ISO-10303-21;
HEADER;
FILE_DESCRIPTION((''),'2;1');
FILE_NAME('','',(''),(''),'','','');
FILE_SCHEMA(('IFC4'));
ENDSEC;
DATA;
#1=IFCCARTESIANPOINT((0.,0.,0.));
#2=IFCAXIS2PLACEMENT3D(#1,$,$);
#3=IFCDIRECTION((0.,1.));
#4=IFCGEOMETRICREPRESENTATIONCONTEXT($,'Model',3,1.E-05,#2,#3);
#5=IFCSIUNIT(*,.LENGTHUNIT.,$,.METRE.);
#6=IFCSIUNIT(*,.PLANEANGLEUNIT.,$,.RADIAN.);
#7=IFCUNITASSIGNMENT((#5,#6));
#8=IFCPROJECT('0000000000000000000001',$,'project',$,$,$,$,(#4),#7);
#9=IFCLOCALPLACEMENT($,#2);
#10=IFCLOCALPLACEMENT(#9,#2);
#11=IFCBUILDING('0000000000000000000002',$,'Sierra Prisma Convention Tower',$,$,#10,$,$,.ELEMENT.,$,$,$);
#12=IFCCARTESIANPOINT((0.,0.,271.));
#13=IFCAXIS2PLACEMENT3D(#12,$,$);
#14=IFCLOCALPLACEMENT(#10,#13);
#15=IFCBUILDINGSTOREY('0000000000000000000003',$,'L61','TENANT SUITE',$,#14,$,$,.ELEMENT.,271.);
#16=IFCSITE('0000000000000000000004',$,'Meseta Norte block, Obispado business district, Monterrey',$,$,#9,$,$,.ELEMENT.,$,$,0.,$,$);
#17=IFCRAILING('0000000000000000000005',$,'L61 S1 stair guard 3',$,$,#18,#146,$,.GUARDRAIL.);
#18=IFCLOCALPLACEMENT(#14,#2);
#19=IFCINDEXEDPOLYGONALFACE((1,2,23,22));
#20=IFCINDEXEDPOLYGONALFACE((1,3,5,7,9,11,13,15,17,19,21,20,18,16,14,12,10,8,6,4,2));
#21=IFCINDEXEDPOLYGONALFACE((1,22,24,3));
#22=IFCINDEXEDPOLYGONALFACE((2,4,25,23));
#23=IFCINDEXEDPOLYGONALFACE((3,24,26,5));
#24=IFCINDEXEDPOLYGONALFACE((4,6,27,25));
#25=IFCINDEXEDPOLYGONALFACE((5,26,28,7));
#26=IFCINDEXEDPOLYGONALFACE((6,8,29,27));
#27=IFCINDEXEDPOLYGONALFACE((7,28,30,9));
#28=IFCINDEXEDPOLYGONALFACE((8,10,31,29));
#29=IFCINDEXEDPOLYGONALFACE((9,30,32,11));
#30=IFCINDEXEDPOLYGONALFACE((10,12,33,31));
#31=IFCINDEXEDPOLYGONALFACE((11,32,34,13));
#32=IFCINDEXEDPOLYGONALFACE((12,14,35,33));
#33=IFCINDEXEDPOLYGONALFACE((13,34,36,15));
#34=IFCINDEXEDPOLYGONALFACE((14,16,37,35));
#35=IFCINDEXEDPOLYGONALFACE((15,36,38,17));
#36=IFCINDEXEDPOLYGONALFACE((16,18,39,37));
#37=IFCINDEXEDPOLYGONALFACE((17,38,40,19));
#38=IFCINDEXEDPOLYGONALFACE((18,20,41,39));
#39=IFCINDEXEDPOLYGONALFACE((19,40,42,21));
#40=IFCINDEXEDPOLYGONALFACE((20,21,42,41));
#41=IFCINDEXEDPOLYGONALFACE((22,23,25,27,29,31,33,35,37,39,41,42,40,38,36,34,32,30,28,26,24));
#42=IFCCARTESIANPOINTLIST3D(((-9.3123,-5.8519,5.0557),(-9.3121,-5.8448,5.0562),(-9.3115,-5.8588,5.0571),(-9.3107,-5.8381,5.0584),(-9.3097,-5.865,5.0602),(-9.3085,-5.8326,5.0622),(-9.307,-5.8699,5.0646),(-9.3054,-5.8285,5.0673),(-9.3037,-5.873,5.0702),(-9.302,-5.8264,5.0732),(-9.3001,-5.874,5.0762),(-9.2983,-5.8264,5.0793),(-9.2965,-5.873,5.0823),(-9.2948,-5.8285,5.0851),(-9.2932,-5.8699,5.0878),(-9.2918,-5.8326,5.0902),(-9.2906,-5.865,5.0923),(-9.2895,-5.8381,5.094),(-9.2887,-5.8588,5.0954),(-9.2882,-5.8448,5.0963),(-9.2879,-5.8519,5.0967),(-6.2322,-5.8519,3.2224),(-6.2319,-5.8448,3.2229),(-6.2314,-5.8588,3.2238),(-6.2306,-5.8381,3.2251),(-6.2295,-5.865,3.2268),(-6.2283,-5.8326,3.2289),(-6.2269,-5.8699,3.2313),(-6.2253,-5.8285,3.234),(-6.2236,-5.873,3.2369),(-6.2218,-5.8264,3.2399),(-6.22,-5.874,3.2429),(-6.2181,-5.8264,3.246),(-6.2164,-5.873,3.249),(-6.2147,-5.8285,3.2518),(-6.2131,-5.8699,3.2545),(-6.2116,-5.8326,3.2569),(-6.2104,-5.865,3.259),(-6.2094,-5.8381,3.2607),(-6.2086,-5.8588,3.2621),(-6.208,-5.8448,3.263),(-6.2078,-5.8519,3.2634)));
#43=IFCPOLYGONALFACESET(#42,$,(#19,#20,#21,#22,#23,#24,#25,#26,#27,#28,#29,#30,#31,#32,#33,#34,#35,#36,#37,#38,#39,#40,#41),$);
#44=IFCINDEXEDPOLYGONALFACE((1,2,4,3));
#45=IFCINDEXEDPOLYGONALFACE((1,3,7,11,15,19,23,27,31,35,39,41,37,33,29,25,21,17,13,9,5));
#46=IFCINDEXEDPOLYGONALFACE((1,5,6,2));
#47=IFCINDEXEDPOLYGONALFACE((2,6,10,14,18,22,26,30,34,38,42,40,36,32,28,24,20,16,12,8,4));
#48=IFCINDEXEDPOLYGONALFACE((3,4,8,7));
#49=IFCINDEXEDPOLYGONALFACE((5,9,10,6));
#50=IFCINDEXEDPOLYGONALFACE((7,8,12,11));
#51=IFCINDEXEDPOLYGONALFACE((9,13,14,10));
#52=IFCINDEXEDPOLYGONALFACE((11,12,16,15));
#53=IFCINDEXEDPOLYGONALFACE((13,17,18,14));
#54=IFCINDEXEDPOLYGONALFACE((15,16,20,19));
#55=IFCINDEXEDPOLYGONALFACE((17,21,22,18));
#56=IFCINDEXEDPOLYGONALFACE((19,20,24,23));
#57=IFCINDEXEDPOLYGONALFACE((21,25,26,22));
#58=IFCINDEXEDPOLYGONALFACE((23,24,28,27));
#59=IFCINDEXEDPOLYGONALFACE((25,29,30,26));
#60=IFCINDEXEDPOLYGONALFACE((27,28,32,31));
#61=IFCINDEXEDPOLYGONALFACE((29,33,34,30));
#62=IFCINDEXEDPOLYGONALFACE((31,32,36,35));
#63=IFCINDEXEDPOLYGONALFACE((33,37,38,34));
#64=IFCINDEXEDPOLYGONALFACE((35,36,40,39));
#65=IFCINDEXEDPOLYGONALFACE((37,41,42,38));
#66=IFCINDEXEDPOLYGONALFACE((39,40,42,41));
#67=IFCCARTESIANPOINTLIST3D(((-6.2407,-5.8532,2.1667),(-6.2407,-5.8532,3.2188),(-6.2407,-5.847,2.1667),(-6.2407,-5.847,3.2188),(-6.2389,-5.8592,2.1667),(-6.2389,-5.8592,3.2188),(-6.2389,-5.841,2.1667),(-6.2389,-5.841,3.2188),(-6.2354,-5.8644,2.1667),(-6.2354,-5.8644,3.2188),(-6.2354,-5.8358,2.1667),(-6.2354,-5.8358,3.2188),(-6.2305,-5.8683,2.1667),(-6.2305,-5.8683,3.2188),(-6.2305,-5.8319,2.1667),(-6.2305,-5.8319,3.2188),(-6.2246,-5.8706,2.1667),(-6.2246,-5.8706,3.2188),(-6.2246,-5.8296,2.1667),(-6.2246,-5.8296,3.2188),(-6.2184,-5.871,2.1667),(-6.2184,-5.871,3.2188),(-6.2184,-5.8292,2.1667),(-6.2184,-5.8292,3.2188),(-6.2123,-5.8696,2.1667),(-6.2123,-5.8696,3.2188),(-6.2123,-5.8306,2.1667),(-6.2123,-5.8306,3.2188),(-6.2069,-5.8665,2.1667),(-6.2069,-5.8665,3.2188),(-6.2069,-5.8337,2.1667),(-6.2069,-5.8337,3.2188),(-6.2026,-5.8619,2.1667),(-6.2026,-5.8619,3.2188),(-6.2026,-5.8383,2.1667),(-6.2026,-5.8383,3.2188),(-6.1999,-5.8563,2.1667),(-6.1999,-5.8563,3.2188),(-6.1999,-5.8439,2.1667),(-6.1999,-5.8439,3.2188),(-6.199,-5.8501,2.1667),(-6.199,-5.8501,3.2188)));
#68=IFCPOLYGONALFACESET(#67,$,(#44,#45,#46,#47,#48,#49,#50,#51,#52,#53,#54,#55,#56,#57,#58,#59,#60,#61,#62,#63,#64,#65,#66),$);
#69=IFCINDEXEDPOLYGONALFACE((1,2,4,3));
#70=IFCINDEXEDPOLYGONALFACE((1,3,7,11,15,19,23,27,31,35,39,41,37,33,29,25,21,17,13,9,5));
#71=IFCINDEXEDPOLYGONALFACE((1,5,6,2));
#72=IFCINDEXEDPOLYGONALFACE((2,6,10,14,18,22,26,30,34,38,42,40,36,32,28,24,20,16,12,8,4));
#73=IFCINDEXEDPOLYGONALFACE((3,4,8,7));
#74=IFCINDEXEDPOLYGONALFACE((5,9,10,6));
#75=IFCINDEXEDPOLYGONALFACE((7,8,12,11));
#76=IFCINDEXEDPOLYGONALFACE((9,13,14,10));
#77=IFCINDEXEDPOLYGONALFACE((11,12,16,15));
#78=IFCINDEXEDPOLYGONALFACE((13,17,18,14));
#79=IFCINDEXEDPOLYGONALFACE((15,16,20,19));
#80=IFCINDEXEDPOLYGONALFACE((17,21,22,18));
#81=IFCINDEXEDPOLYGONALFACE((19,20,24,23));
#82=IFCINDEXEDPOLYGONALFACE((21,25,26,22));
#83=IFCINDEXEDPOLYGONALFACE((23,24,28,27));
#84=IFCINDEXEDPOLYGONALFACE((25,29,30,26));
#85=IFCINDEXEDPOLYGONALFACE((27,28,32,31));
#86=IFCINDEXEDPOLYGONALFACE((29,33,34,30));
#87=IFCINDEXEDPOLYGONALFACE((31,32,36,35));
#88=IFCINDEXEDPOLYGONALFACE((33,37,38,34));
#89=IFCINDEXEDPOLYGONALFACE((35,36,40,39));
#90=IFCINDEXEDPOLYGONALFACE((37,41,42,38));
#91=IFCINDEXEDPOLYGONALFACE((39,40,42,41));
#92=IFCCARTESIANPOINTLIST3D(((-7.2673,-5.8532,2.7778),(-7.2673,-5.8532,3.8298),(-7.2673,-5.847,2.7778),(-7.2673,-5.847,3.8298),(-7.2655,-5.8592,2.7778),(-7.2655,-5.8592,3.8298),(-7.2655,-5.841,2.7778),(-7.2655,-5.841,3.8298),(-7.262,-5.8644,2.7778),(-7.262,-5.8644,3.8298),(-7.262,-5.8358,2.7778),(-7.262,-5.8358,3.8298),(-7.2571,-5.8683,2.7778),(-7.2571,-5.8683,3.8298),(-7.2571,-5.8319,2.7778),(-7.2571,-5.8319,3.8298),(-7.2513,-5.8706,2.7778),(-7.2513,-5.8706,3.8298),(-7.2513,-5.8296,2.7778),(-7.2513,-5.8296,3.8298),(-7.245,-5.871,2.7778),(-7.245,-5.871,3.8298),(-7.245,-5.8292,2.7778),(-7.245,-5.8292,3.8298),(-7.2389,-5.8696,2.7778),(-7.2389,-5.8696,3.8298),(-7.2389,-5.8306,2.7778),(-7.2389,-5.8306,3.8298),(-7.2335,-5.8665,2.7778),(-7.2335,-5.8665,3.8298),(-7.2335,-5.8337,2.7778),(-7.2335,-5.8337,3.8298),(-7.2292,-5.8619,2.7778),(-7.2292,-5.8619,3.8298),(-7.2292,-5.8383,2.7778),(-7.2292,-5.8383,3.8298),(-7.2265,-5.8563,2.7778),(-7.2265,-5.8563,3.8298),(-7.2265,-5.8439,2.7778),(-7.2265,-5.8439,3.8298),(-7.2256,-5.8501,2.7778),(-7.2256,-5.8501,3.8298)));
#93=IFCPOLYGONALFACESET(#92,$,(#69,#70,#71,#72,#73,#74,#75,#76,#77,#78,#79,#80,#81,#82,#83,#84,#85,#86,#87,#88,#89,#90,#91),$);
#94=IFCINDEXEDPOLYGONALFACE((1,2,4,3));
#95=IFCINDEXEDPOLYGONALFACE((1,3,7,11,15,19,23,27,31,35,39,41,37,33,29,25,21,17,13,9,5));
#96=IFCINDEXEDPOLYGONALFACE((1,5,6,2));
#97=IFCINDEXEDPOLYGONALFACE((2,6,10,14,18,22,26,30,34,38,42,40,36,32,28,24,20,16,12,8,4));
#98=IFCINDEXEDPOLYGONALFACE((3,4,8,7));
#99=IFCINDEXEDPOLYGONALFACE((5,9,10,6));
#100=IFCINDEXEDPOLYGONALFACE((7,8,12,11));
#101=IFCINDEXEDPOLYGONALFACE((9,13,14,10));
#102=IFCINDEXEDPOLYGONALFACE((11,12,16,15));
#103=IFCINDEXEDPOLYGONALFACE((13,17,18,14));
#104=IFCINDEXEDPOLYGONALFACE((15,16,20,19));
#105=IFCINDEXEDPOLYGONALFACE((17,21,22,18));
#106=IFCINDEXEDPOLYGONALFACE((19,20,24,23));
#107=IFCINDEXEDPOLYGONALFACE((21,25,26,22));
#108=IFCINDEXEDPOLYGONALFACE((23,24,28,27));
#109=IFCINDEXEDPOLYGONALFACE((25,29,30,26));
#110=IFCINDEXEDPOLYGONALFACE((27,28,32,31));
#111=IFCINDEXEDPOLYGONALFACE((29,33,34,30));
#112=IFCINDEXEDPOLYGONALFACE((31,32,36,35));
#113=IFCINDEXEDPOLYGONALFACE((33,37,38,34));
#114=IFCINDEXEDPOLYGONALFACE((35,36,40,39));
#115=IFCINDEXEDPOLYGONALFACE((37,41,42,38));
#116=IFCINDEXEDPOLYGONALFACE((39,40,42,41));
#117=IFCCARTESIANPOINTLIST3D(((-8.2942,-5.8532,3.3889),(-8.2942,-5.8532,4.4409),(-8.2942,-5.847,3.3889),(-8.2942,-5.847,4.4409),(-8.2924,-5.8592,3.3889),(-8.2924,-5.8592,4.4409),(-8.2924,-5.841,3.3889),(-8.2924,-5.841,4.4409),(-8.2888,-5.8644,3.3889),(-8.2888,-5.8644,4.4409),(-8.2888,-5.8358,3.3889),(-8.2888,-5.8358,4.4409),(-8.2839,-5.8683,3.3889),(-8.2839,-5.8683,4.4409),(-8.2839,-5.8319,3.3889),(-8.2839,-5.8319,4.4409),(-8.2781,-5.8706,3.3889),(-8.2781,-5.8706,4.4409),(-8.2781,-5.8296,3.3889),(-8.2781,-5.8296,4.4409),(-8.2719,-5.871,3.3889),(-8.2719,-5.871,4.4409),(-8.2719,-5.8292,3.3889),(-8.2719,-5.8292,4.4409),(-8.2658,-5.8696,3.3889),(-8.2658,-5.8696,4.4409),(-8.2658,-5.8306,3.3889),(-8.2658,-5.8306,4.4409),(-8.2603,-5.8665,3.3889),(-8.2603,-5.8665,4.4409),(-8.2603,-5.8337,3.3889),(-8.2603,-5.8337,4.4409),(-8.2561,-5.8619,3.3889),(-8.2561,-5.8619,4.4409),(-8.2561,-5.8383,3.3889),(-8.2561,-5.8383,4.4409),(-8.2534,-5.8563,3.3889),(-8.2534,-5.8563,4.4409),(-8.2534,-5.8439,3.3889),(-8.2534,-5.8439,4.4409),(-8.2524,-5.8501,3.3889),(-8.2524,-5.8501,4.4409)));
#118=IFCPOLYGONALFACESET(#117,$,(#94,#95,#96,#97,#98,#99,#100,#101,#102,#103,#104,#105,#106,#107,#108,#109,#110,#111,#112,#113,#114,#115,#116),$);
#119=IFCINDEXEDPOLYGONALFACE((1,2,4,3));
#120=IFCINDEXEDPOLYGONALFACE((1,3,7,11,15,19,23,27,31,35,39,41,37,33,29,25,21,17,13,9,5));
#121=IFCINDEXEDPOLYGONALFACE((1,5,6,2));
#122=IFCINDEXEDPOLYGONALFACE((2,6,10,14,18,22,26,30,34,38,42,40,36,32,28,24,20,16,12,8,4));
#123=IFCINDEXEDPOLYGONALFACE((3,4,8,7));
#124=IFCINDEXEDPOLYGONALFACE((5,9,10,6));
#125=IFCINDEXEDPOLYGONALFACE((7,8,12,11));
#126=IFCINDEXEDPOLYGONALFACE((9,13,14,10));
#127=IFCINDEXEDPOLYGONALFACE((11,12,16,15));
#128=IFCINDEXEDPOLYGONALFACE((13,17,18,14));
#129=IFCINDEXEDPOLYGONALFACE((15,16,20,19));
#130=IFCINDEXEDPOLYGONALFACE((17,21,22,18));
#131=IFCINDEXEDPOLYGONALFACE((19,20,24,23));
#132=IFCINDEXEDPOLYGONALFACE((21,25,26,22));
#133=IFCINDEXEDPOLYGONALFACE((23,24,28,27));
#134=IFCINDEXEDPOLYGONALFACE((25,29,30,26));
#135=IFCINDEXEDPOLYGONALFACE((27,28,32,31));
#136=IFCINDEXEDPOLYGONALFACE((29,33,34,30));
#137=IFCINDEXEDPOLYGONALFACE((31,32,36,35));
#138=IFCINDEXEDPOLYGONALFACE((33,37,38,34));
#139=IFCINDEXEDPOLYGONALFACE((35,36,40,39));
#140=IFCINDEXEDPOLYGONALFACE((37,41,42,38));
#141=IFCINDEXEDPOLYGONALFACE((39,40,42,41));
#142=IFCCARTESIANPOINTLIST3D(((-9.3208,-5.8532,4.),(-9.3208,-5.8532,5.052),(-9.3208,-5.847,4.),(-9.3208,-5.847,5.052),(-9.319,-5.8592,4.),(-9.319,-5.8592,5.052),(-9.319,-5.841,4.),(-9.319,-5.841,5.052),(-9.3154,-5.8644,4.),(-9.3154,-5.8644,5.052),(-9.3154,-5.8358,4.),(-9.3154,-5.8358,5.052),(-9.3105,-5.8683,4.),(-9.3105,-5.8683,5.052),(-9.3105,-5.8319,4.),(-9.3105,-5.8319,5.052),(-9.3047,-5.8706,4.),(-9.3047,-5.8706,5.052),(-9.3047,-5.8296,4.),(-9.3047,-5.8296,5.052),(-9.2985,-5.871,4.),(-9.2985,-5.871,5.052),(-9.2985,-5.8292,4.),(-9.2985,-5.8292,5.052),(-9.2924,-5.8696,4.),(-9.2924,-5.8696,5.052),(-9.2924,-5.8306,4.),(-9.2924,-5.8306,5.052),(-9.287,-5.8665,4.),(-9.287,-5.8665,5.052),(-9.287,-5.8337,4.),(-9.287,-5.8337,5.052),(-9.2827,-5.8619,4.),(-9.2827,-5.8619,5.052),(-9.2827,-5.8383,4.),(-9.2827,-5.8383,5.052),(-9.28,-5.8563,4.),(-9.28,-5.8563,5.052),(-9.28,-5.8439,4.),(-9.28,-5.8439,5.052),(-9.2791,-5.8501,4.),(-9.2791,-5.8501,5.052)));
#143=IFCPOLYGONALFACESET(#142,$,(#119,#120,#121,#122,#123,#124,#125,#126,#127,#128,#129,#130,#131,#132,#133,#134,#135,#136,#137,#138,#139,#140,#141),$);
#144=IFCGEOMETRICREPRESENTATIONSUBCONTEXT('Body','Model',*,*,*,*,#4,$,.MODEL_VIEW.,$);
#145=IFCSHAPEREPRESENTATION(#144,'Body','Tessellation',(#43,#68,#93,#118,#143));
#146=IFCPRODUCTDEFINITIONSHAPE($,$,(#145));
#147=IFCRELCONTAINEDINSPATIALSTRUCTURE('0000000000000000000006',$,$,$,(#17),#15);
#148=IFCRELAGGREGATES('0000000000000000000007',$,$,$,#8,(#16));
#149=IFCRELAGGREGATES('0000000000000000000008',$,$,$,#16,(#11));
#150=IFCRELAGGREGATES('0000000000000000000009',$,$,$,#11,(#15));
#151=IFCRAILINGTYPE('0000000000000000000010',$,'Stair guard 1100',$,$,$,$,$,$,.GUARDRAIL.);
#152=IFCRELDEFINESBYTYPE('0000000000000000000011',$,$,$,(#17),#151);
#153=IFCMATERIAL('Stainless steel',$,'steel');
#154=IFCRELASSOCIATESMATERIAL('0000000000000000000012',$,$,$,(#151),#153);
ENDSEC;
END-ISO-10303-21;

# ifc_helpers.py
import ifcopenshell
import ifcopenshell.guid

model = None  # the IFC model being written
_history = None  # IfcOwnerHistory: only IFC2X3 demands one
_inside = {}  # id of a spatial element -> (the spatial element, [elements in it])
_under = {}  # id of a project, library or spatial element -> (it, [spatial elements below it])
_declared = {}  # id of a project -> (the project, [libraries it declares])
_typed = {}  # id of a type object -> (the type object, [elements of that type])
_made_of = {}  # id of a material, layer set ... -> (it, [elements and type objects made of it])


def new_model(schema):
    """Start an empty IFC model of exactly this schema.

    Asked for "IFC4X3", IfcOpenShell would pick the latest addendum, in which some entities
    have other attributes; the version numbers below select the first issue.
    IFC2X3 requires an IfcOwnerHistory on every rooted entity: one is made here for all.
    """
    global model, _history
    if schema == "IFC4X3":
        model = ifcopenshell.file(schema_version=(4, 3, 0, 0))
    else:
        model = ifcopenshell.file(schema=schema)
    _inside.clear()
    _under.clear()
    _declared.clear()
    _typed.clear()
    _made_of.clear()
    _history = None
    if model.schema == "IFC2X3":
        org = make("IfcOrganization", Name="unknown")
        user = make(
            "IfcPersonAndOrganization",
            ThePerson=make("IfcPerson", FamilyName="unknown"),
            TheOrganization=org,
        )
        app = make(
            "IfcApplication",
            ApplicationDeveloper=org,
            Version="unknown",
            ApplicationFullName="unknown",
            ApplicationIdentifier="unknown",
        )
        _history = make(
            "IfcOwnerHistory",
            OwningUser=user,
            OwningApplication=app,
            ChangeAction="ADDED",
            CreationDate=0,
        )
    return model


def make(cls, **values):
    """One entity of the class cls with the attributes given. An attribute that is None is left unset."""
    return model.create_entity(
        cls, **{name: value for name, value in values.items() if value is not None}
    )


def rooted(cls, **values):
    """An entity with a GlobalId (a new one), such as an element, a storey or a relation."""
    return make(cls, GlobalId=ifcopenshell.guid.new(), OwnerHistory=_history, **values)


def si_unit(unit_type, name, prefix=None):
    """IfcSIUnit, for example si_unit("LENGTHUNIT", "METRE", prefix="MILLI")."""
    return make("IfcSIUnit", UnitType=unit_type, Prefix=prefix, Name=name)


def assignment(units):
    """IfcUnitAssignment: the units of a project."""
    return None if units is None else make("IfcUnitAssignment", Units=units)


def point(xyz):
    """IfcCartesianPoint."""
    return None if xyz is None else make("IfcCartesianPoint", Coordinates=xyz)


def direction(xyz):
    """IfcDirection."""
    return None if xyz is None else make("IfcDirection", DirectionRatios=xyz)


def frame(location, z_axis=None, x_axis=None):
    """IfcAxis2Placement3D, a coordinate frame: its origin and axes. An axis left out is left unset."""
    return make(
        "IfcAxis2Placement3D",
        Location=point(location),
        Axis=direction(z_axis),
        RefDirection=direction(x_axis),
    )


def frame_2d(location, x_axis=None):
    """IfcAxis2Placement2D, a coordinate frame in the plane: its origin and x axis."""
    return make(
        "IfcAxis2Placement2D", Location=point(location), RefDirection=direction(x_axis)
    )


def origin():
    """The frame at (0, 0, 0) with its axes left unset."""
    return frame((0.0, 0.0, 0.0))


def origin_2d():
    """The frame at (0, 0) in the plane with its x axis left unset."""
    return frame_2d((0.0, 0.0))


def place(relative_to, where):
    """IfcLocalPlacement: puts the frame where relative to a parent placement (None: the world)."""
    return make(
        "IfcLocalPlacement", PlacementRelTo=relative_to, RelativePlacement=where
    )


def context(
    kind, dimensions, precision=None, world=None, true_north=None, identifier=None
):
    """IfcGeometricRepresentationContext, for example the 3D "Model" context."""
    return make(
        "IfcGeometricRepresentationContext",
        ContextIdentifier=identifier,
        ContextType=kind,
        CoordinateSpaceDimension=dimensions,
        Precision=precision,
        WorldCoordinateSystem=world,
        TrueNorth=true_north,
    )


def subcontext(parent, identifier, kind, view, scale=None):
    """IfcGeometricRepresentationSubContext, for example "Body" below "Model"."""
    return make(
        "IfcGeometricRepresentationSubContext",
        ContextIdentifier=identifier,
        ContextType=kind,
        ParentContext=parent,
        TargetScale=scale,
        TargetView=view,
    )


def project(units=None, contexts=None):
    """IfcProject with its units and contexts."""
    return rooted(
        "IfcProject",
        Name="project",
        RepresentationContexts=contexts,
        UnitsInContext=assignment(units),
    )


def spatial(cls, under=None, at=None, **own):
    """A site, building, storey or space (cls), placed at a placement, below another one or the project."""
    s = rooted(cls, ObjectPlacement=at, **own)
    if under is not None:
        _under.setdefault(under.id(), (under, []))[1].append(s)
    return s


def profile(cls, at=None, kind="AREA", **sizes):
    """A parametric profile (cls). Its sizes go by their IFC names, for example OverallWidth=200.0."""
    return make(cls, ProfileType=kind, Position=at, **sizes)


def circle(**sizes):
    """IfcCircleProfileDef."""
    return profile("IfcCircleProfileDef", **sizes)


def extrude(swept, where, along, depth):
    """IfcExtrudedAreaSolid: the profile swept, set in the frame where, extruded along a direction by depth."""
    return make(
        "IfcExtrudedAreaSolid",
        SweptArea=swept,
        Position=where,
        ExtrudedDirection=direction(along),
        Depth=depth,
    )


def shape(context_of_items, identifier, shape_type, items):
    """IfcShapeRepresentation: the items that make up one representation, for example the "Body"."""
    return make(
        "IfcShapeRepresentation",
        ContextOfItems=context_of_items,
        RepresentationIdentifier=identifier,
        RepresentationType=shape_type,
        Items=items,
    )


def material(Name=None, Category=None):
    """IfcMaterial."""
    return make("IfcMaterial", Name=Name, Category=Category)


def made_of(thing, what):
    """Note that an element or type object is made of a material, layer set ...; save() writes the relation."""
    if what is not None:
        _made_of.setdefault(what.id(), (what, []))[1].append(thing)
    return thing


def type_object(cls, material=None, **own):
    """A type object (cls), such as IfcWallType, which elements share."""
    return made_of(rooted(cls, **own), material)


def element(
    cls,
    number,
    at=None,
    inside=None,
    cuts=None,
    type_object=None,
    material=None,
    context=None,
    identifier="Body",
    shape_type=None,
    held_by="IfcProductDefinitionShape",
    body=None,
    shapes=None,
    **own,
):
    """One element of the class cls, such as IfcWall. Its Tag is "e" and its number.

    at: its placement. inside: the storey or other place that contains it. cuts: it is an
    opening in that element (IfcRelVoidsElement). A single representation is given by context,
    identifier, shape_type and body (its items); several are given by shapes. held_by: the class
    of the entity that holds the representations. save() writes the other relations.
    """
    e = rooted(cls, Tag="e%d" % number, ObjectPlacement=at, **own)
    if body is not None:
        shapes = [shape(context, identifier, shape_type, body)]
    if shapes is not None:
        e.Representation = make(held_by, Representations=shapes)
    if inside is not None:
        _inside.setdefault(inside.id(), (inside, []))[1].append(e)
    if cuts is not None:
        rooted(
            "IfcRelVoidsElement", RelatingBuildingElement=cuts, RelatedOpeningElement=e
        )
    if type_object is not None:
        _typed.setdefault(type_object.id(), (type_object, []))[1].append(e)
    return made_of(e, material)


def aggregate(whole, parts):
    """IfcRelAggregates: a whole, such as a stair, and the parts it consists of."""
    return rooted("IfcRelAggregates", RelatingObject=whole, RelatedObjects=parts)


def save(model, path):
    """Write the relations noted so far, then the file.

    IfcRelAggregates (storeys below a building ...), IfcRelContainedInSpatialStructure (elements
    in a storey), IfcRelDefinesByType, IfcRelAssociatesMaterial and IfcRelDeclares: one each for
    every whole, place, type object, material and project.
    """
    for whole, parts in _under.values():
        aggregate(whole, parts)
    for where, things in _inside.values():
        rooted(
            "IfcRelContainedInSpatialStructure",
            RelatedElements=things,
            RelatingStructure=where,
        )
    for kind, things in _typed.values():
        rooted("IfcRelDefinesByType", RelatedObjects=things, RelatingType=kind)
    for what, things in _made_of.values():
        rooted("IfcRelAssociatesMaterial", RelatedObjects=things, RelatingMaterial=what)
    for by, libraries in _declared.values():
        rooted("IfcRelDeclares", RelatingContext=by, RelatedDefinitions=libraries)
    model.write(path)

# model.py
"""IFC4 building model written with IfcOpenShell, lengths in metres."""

from ifc_helpers import new_model, si_unit, direction, frame, origin, origin_2d, place, context, subcontext, project, spatial, circle, extrude, material, type_object, element, save


model = new_model("IFC4")

# Units and contexts
model_context = context("Model", 3, precision=1e-05, world=origin(), true_north=direction((0.0, 1.0)))
body_context = subcontext(model_context, "Body", "Model", "MODEL_VIEW")
ifc_project = project(units=[si_unit("LENGTHUNIT", "METRE"), si_unit("PLANEANGLEUNIT", "RADIAN")], contexts=[model_context])

# Site, building, storey
site_placement = place(None, origin())
site = spatial("IfcSite", under=ifc_project, at=site_placement, Name="Meseta Norte block, Obispado business district, Monterrey", CompositionType="ELEMENT", RefElevation=0.0)
building_placement = place(site_placement, origin())
building = spatial("IfcBuilding", under=site, at=building_placement, Name="Sierra Prisma Convention Tower", CompositionType="ELEMENT")
storey_placement = place(building_placement, frame((0.0, 0.0, 271.0)))
storey = spatial("IfcBuildingStorey", under=building, at=storey_placement, Name="L61", Description="TENANT SUITE", CompositionType="ELEMENT", Elevation=271.0)

# Railing
ifc_material_1 = material(Name="Stainless steel", Category="steel")
railing_type_1 = type_object("IfcRailingType", Name="Stair guard 1100", PredefinedType="GUARDRAIL", material=ifc_material_1)
railing_1_placement = place(storey_placement, frame((-6.22, -5.8501, 2.1667)))
element("IfcRailing", 1, at=railing_1_placement, inside=storey, type_object=railing_type_1, Name="L61 S1 stair guard 3", PredefinedType="GUARDRAIL", context=body_context, shape_type="SweptSolid", body=[
    extrude(circle(Radius=0.0239, at=origin_2d()), frame((0.0, 0.0, 1.0762), z_axis=(-0.859309, 0.0, 0.511458), x_axis=(0.0, -1.0, 0.0)), (0.0, 0.0, 1.0), 3.5845),
    extrude(circle(Radius=0.021, at=origin_2d()), origin(), (0.0, 0.0, 1.0), 1.052),
    extrude(circle(Radius=0.021, at=origin_2d()), frame((-1.0266, 0.0, 0.6111)), (0.0, 0.0, 1.0), 1.052),
    extrude(circle(Radius=0.021, at=origin_2d()), frame((-2.0535, 0.0, 1.2222)), (0.0, 0.0, 1.0), 1.052),
    extrude(circle(Radius=0.021, at=origin_2d()), frame((-3.0801, 0.0, 1.8333)), (0.0, 0.0, 1.0), 1.052),
])

save(model, "model.ifc")
